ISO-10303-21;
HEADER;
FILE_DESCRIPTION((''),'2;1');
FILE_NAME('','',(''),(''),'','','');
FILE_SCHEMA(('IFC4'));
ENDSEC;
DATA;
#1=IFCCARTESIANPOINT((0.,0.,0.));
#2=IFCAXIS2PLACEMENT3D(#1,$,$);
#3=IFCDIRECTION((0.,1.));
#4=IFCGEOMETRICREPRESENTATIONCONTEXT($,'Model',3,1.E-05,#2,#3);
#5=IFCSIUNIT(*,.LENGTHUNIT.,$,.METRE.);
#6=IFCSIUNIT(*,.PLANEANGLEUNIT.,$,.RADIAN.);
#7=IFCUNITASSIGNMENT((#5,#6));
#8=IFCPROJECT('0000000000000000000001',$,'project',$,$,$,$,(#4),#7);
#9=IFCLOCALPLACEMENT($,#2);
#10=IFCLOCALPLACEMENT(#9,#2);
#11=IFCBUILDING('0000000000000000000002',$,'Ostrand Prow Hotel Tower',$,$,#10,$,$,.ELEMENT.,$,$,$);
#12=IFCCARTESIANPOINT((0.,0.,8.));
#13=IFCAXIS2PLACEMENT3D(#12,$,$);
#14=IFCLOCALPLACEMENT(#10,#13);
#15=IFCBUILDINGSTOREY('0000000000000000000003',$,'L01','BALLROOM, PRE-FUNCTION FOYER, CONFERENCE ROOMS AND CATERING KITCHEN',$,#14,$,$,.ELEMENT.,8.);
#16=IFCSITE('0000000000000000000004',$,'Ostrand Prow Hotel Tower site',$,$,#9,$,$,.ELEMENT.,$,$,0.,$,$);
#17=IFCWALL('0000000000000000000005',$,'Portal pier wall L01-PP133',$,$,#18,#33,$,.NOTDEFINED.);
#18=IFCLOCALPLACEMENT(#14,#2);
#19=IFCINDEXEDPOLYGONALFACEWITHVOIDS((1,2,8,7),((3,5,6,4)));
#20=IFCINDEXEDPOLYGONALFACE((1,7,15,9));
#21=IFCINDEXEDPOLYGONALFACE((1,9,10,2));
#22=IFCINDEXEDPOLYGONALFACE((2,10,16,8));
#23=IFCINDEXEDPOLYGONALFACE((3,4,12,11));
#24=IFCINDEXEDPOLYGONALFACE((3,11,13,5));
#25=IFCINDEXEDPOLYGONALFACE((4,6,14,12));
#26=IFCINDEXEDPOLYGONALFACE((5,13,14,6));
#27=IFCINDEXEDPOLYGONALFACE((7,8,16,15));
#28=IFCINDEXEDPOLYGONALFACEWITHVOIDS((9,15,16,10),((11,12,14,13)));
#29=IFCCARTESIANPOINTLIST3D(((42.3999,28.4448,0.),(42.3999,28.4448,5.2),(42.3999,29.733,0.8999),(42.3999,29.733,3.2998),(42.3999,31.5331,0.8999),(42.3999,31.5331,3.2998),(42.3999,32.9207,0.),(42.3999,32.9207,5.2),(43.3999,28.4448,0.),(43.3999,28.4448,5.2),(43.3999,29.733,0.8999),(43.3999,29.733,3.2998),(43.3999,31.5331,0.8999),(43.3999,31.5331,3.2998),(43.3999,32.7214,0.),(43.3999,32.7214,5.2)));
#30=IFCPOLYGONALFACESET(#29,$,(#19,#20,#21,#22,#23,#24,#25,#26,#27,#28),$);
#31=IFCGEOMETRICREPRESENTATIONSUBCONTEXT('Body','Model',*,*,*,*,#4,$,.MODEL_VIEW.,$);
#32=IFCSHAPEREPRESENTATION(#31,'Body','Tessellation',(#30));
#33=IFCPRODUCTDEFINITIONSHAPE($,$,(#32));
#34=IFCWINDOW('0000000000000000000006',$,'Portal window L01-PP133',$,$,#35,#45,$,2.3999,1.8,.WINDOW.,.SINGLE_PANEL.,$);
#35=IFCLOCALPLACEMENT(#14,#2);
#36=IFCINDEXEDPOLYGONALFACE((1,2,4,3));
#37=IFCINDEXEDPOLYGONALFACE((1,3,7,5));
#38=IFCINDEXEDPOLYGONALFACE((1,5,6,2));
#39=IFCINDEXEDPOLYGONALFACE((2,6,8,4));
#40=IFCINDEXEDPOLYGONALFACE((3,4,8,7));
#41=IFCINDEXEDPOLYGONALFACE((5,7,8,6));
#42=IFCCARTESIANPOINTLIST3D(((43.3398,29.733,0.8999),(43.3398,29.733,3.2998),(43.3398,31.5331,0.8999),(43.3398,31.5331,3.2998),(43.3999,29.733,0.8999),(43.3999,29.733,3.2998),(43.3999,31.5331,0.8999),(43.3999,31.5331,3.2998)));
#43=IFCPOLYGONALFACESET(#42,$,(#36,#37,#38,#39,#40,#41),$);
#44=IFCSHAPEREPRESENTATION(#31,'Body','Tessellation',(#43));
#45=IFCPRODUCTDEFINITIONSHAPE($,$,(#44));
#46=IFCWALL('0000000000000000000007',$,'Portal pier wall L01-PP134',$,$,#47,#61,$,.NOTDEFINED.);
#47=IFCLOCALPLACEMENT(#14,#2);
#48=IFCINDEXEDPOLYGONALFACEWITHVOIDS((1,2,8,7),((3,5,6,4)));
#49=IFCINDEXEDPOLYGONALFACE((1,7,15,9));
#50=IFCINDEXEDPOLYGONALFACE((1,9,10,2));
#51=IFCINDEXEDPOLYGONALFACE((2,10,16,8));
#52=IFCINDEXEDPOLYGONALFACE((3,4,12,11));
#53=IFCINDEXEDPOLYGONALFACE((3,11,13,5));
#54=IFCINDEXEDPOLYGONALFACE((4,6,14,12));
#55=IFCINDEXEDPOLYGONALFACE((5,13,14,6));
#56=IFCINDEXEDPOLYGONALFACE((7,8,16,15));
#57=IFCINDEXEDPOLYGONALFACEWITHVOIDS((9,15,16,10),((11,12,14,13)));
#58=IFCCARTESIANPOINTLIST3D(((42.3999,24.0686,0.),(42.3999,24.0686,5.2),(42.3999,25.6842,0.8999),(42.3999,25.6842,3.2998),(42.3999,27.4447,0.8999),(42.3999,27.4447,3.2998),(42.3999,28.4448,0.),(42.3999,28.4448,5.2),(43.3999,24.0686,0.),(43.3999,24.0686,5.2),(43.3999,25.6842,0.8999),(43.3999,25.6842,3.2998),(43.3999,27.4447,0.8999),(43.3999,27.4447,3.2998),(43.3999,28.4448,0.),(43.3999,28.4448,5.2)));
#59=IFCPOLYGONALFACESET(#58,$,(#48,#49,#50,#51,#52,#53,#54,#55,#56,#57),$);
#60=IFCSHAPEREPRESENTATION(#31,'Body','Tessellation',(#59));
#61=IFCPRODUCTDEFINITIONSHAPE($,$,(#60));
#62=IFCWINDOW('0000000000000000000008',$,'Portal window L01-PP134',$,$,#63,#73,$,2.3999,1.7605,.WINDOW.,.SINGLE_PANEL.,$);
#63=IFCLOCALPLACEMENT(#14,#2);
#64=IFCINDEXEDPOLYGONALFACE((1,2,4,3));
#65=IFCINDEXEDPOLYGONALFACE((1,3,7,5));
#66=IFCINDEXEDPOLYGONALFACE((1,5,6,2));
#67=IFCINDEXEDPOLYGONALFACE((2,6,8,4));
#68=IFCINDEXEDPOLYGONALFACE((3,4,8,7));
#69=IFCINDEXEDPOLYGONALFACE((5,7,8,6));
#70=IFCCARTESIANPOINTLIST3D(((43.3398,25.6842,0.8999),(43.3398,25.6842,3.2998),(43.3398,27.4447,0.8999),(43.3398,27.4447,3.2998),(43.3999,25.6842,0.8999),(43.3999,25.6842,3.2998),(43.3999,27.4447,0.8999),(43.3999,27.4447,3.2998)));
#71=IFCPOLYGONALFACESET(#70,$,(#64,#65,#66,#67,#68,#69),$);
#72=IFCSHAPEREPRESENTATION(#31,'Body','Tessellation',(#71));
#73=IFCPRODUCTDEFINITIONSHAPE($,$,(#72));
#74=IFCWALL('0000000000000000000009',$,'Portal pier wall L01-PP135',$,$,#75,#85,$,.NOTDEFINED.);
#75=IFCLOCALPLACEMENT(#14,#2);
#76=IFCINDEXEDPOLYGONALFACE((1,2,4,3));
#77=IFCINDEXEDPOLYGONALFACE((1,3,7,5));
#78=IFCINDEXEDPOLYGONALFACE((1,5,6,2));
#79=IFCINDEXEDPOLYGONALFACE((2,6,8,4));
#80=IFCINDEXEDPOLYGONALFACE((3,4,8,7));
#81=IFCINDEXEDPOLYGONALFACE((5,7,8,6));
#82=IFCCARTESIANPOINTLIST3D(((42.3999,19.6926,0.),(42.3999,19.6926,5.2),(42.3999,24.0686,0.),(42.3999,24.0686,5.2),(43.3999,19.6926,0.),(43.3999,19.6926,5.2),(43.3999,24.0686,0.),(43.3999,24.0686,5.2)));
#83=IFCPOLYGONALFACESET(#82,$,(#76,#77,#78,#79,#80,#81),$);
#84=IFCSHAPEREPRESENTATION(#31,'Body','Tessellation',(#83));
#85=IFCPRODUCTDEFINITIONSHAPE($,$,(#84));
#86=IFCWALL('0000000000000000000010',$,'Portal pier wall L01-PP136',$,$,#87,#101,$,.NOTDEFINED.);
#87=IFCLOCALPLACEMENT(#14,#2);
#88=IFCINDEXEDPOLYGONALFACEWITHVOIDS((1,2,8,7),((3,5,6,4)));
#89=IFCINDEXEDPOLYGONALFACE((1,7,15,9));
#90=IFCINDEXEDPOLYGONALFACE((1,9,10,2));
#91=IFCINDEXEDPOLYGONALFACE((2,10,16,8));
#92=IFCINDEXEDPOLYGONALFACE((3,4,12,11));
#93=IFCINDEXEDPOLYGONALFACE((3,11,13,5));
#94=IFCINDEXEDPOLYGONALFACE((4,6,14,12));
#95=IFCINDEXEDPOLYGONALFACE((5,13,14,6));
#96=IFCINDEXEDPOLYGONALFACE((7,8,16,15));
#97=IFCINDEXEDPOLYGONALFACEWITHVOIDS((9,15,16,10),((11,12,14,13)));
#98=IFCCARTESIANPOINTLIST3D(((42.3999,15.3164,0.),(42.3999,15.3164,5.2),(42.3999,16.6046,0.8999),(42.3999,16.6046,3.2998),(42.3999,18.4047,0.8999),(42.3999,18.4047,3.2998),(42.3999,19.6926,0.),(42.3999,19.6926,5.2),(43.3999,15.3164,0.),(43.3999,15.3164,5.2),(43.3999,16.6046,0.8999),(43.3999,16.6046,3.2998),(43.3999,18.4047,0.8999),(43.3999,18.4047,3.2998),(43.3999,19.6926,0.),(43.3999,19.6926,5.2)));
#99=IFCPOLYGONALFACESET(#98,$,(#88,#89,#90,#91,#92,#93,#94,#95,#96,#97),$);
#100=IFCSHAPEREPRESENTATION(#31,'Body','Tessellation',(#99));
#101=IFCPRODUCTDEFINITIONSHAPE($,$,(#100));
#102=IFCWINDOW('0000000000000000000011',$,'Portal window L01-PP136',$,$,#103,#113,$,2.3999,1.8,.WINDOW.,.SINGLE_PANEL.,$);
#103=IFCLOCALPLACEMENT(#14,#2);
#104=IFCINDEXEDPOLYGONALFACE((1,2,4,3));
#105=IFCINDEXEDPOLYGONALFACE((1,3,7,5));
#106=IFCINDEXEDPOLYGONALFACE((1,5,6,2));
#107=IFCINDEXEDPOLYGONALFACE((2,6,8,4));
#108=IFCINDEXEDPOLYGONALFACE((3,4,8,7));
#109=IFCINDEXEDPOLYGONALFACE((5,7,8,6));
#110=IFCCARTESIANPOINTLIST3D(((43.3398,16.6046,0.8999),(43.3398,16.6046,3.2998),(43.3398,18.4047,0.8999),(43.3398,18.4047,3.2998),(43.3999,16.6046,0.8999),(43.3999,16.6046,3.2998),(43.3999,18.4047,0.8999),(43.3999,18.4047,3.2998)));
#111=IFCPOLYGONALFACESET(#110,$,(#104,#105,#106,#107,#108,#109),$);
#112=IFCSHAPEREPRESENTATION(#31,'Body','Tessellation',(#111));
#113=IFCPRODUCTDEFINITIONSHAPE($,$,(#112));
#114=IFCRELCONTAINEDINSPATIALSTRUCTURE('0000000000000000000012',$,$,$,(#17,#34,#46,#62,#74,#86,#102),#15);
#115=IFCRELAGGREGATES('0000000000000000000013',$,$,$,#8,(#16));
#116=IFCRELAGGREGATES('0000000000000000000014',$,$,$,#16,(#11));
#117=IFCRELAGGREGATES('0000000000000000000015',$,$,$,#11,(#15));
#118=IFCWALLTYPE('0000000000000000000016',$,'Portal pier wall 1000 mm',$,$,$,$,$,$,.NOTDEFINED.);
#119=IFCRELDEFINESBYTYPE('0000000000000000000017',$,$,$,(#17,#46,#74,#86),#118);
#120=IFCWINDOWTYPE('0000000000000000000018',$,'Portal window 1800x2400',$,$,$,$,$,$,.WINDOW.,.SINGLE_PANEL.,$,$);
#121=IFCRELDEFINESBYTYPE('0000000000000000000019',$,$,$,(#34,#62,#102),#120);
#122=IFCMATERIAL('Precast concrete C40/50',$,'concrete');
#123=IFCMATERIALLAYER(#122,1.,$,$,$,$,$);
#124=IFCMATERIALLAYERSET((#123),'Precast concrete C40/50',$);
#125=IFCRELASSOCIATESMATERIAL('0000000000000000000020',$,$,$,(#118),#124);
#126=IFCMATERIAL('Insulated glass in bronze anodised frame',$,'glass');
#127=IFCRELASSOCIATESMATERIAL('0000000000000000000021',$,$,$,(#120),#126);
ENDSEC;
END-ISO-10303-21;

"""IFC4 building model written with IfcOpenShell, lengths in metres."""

from ifc_helpers import new_model, si_unit, direction, frame, frame_2d, origin, place, context, subcontext, project, spatial, polyline, rectangle, outline, extrude, material, layer, layer_set, type_object, element, fill, save


model = new_model("IFC4")

# Units and contexts
model_context = context("Model", 3, precision=1e-05, world=origin(), true_north=direction((0.0, 1.0)))
body_context = subcontext(model_context, "Body", "Model", "MODEL_VIEW")
ifc_project = project(units=[si_unit("LENGTHUNIT", "METRE"), si_unit("PLANEANGLEUNIT", "RADIAN")], contexts=[model_context])

# Site, building, storey
site_placement = place(None, origin())
site = spatial("IfcSite", under=ifc_project, at=site_placement, Name="Ostrand Prow Hotel Tower site", CompositionType="ELEMENT", RefElevation=0.0)
building_placement = place(site_placement, origin())
building = spatial("IfcBuilding", under=site, at=building_placement, Name="Ostrand Prow Hotel Tower", CompositionType="ELEMENT")
storey_placement = place(building_placement, frame((0.0, 0.0, 8.0)))
storey = spatial("IfcBuildingStorey", under=building, at=storey_placement, Name="L01", Description="BALLROOM, PRE-FUNCTION FOYER, CONFERENCE ROOMS AND CATERING KITCHEN", CompositionType="ELEMENT", Elevation=8.0)

# Shared definitions
ifc_material_1 = material(Name="Precast concrete C40/50", Category="concrete")
ifc_layer_1 = layer(ifc_material_1, 1.0)
ifc_layer_set_1 = layer_set([ifc_layer_1], Name="Precast concrete C40/50")
wall_type_1 = type_object("IfcWallType", Name="Portal pier wall 1000 mm", PredefinedType="NOTDEFINED", material=ifc_layer_set_1)
ifc_material_2 = material(Name="Insulated glass in bronze anodised frame", Category="glass")
window_type = type_object("IfcWindowType", Name="Portal window 1800x2400", PartitioningType="SINGLE_PANEL", PredefinedType="WINDOW", material=ifc_material_2)

# Walls, openings, windows
wall_1_placement = place(storey_placement, frame((42.8999, 32.821, 0.0), z_axis=(0.0, 0.0, 1.0), x_axis=(0.0, -1.0, 0.0)))
wall_1 = element("IfcWall", 1, at=wall_1_placement, inside=storey, type_object=wall_type_1, Name="Portal pier wall L01-PP133", PredefinedType="NOTDEFINED", context=body_context, shape_type="SweptSolid", body=[
    extrude(outline(polyline([(-0.0996, -0.5), (4.3762, -0.5), (4.3762, 0.5), (0.0996, 0.5), (-0.0996, -0.5)])), origin(), (0.0, 0.0, 1.0), 5.2),
])
opening_1_placement = place(wall_1_placement, frame((1.2881, 0.0, 0.8999)))
opening_1 = element("IfcOpeningElement", 2, at=opening_1_placement, cuts=wall_1, PredefinedType="OPENING", context=body_context, shape_type="SweptSolid", body=[
    extrude(rectangle(XDim=1.8, YDim=2.3999, at=frame_2d((0.8999, 1.2))), frame((0.0, 0.51, 0.0), z_axis=(0.0, -1.0, 0.0), x_axis=(1.0, 0.0, 0.0)), (0.0, 0.0, 1.0), 1.02),
])
window_1_placement = place(opening_1_placement, origin())
window_1 = element("IfcWindow", 3, at=window_1_placement, inside=storey, type_object=window_type, Name="Portal window L01-PP133", OverallHeight=2.3999, OverallWidth=1.8, PartitioningType="SINGLE_PANEL", PredefinedType="WINDOW", context=body_context, shape_type="SweptSolid", body=[
    extrude(rectangle(XDim=1.8, YDim=2.3999, at=frame_2d((0.8999, 1.2))), frame((0.0, 0.5, 0.0), z_axis=(0.0, -1.0, 0.0), x_axis=(1.0, 0.0, 0.0)), (0.0, 0.0, 1.0), 0.0601),
])
fill(opening_1, window_1)
wall_2_placement = place(storey_placement, frame((42.8999, 28.4448, 0.0), z_axis=(0.0, 0.0, 1.0), x_axis=(0.0, -1.0, 0.0)))
wall_2 = element("IfcWall", 4, at=wall_2_placement, inside=storey, type_object=wall_type_1, Name="Portal pier wall L01-PP134", PredefinedType="NOTDEFINED", context=body_context, shape_type="SweptSolid", body=[
    extrude(outline(polyline([(0.0, -0.5), (4.3762, -0.5), (4.3762, 0.5), (0.0, 0.5), (0.0, -0.5)])), origin(), (0.0, 0.0, 1.0), 5.2),
])
opening_2_placement = place(wall_2_placement, frame((1.0, 0.0, 0.8999)))
opening_2 = element("IfcOpeningElement", 5, at=opening_2_placement, cuts=wall_2, PredefinedType="OPENING", context=body_context, shape_type="SweptSolid", body=[
    extrude(rectangle(XDim=1.7605, YDim=2.3999, at=frame_2d((0.8804, 1.2))), frame((0.0, 0.51, 0.0), z_axis=(0.0, -1.0, 0.0), x_axis=(1.0, 0.0, 0.0)), (0.0, 0.0, 1.0), 1.02),
])
window_2_placement = place(opening_2_placement, origin())
window_2 = element("IfcWindow", 6, at=window_2_placement, inside=storey, type_object=window_type, Name="Portal window L01-PP134", OverallHeight=2.3999, OverallWidth=1.7605, PartitioningType="SINGLE_PANEL", PredefinedType="WINDOW", context=body_context, shape_type="SweptSolid", body=[
    extrude(rectangle(XDim=1.7605, YDim=2.3999, at=frame_2d((0.8804, 1.2))), frame((0.0, 0.5, 0.0), z_axis=(0.0, -1.0, 0.0), x_axis=(1.0, 0.0, 0.0)), (0.0, 0.0, 1.0), 0.0601),
])
fill(opening_2, window_2)

# Wall
wall_3_placement = place(storey_placement, frame((42.8999, 24.0686, 0.0), z_axis=(0.0, 0.0, 1.0), x_axis=(0.0, -1.0, 0.0)))
element("IfcWall", 7, at=wall_3_placement, inside=storey, type_object=wall_type_1, Name="Portal pier wall L01-PP135", PredefinedType="NOTDEFINED", context=body_context, shape_type="SweptSolid", body=[
    extrude(outline(polyline([(0.0, -0.5), (4.376, -0.5), (4.376, 0.5), (0.0, 0.5), (0.0, -0.5)])), origin(), (0.0, 0.0, 1.0), 5.2),
])

# Wall, opening, window
wall_4_placement = place(storey_placement, frame((42.8999, 19.6926, 0.0), z_axis=(0.0, 0.0, 1.0), x_axis=(0.0, -1.0, 0.0)))
wall_4 = element("IfcWall", 8, at=wall_4_placement, inside=storey, type_object=wall_type_1, Name="Portal pier wall L01-PP136", PredefinedType="NOTDEFINED", context=body_context, shape_type="SweptSolid", body=[
    extrude(outline(polyline([(0.0, -0.5), (4.3762, -0.5), (4.3762, 0.5), (0.0, 0.5), (0.0, -0.5)])), origin(), (0.0, 0.0, 1.0), 5.2),
])
opening_3_placement = place(wall_4_placement, frame((1.2881, 0.0, 0.8999)))
opening_3 = element("IfcOpeningElement", 9, at=opening_3_placement, cuts=wall_4, PredefinedType="OPENING", context=body_context, shape_type="SweptSolid", body=[
    extrude(rectangle(XDim=1.8, YDim=2.3999, at=frame_2d((0.8999, 1.2))), frame((0.0, 0.51, 0.0), z_axis=(0.0, -1.0, 0.0), x_axis=(1.0, 0.0, 0.0)), (0.0, 0.0, 1.0), 1.02),
])
window_3_placement = place(opening_3_placement, origin())
window_3 = element("IfcWindow", 10, at=window_3_placement, inside=storey, type_object=window_type, Name="Portal window L01-PP136", OverallHeight=2.3999, OverallWidth=1.8, PartitioningType="SINGLE_PANEL", PredefinedType="WINDOW", context=body_context, shape_type="SweptSolid", body=[
    extrude(rectangle(XDim=1.8, YDim=2.3999, at=frame_2d((0.8999, 1.2))), frame((0.0, 0.5, 0.0), z_axis=(0.0, -1.0, 0.0), x_axis=(1.0, 0.0, 0.0)), (0.0, 0.0, 1.0), 0.0601),
])
fill(opening_3, window_3)

save(model, "model.ifc")
